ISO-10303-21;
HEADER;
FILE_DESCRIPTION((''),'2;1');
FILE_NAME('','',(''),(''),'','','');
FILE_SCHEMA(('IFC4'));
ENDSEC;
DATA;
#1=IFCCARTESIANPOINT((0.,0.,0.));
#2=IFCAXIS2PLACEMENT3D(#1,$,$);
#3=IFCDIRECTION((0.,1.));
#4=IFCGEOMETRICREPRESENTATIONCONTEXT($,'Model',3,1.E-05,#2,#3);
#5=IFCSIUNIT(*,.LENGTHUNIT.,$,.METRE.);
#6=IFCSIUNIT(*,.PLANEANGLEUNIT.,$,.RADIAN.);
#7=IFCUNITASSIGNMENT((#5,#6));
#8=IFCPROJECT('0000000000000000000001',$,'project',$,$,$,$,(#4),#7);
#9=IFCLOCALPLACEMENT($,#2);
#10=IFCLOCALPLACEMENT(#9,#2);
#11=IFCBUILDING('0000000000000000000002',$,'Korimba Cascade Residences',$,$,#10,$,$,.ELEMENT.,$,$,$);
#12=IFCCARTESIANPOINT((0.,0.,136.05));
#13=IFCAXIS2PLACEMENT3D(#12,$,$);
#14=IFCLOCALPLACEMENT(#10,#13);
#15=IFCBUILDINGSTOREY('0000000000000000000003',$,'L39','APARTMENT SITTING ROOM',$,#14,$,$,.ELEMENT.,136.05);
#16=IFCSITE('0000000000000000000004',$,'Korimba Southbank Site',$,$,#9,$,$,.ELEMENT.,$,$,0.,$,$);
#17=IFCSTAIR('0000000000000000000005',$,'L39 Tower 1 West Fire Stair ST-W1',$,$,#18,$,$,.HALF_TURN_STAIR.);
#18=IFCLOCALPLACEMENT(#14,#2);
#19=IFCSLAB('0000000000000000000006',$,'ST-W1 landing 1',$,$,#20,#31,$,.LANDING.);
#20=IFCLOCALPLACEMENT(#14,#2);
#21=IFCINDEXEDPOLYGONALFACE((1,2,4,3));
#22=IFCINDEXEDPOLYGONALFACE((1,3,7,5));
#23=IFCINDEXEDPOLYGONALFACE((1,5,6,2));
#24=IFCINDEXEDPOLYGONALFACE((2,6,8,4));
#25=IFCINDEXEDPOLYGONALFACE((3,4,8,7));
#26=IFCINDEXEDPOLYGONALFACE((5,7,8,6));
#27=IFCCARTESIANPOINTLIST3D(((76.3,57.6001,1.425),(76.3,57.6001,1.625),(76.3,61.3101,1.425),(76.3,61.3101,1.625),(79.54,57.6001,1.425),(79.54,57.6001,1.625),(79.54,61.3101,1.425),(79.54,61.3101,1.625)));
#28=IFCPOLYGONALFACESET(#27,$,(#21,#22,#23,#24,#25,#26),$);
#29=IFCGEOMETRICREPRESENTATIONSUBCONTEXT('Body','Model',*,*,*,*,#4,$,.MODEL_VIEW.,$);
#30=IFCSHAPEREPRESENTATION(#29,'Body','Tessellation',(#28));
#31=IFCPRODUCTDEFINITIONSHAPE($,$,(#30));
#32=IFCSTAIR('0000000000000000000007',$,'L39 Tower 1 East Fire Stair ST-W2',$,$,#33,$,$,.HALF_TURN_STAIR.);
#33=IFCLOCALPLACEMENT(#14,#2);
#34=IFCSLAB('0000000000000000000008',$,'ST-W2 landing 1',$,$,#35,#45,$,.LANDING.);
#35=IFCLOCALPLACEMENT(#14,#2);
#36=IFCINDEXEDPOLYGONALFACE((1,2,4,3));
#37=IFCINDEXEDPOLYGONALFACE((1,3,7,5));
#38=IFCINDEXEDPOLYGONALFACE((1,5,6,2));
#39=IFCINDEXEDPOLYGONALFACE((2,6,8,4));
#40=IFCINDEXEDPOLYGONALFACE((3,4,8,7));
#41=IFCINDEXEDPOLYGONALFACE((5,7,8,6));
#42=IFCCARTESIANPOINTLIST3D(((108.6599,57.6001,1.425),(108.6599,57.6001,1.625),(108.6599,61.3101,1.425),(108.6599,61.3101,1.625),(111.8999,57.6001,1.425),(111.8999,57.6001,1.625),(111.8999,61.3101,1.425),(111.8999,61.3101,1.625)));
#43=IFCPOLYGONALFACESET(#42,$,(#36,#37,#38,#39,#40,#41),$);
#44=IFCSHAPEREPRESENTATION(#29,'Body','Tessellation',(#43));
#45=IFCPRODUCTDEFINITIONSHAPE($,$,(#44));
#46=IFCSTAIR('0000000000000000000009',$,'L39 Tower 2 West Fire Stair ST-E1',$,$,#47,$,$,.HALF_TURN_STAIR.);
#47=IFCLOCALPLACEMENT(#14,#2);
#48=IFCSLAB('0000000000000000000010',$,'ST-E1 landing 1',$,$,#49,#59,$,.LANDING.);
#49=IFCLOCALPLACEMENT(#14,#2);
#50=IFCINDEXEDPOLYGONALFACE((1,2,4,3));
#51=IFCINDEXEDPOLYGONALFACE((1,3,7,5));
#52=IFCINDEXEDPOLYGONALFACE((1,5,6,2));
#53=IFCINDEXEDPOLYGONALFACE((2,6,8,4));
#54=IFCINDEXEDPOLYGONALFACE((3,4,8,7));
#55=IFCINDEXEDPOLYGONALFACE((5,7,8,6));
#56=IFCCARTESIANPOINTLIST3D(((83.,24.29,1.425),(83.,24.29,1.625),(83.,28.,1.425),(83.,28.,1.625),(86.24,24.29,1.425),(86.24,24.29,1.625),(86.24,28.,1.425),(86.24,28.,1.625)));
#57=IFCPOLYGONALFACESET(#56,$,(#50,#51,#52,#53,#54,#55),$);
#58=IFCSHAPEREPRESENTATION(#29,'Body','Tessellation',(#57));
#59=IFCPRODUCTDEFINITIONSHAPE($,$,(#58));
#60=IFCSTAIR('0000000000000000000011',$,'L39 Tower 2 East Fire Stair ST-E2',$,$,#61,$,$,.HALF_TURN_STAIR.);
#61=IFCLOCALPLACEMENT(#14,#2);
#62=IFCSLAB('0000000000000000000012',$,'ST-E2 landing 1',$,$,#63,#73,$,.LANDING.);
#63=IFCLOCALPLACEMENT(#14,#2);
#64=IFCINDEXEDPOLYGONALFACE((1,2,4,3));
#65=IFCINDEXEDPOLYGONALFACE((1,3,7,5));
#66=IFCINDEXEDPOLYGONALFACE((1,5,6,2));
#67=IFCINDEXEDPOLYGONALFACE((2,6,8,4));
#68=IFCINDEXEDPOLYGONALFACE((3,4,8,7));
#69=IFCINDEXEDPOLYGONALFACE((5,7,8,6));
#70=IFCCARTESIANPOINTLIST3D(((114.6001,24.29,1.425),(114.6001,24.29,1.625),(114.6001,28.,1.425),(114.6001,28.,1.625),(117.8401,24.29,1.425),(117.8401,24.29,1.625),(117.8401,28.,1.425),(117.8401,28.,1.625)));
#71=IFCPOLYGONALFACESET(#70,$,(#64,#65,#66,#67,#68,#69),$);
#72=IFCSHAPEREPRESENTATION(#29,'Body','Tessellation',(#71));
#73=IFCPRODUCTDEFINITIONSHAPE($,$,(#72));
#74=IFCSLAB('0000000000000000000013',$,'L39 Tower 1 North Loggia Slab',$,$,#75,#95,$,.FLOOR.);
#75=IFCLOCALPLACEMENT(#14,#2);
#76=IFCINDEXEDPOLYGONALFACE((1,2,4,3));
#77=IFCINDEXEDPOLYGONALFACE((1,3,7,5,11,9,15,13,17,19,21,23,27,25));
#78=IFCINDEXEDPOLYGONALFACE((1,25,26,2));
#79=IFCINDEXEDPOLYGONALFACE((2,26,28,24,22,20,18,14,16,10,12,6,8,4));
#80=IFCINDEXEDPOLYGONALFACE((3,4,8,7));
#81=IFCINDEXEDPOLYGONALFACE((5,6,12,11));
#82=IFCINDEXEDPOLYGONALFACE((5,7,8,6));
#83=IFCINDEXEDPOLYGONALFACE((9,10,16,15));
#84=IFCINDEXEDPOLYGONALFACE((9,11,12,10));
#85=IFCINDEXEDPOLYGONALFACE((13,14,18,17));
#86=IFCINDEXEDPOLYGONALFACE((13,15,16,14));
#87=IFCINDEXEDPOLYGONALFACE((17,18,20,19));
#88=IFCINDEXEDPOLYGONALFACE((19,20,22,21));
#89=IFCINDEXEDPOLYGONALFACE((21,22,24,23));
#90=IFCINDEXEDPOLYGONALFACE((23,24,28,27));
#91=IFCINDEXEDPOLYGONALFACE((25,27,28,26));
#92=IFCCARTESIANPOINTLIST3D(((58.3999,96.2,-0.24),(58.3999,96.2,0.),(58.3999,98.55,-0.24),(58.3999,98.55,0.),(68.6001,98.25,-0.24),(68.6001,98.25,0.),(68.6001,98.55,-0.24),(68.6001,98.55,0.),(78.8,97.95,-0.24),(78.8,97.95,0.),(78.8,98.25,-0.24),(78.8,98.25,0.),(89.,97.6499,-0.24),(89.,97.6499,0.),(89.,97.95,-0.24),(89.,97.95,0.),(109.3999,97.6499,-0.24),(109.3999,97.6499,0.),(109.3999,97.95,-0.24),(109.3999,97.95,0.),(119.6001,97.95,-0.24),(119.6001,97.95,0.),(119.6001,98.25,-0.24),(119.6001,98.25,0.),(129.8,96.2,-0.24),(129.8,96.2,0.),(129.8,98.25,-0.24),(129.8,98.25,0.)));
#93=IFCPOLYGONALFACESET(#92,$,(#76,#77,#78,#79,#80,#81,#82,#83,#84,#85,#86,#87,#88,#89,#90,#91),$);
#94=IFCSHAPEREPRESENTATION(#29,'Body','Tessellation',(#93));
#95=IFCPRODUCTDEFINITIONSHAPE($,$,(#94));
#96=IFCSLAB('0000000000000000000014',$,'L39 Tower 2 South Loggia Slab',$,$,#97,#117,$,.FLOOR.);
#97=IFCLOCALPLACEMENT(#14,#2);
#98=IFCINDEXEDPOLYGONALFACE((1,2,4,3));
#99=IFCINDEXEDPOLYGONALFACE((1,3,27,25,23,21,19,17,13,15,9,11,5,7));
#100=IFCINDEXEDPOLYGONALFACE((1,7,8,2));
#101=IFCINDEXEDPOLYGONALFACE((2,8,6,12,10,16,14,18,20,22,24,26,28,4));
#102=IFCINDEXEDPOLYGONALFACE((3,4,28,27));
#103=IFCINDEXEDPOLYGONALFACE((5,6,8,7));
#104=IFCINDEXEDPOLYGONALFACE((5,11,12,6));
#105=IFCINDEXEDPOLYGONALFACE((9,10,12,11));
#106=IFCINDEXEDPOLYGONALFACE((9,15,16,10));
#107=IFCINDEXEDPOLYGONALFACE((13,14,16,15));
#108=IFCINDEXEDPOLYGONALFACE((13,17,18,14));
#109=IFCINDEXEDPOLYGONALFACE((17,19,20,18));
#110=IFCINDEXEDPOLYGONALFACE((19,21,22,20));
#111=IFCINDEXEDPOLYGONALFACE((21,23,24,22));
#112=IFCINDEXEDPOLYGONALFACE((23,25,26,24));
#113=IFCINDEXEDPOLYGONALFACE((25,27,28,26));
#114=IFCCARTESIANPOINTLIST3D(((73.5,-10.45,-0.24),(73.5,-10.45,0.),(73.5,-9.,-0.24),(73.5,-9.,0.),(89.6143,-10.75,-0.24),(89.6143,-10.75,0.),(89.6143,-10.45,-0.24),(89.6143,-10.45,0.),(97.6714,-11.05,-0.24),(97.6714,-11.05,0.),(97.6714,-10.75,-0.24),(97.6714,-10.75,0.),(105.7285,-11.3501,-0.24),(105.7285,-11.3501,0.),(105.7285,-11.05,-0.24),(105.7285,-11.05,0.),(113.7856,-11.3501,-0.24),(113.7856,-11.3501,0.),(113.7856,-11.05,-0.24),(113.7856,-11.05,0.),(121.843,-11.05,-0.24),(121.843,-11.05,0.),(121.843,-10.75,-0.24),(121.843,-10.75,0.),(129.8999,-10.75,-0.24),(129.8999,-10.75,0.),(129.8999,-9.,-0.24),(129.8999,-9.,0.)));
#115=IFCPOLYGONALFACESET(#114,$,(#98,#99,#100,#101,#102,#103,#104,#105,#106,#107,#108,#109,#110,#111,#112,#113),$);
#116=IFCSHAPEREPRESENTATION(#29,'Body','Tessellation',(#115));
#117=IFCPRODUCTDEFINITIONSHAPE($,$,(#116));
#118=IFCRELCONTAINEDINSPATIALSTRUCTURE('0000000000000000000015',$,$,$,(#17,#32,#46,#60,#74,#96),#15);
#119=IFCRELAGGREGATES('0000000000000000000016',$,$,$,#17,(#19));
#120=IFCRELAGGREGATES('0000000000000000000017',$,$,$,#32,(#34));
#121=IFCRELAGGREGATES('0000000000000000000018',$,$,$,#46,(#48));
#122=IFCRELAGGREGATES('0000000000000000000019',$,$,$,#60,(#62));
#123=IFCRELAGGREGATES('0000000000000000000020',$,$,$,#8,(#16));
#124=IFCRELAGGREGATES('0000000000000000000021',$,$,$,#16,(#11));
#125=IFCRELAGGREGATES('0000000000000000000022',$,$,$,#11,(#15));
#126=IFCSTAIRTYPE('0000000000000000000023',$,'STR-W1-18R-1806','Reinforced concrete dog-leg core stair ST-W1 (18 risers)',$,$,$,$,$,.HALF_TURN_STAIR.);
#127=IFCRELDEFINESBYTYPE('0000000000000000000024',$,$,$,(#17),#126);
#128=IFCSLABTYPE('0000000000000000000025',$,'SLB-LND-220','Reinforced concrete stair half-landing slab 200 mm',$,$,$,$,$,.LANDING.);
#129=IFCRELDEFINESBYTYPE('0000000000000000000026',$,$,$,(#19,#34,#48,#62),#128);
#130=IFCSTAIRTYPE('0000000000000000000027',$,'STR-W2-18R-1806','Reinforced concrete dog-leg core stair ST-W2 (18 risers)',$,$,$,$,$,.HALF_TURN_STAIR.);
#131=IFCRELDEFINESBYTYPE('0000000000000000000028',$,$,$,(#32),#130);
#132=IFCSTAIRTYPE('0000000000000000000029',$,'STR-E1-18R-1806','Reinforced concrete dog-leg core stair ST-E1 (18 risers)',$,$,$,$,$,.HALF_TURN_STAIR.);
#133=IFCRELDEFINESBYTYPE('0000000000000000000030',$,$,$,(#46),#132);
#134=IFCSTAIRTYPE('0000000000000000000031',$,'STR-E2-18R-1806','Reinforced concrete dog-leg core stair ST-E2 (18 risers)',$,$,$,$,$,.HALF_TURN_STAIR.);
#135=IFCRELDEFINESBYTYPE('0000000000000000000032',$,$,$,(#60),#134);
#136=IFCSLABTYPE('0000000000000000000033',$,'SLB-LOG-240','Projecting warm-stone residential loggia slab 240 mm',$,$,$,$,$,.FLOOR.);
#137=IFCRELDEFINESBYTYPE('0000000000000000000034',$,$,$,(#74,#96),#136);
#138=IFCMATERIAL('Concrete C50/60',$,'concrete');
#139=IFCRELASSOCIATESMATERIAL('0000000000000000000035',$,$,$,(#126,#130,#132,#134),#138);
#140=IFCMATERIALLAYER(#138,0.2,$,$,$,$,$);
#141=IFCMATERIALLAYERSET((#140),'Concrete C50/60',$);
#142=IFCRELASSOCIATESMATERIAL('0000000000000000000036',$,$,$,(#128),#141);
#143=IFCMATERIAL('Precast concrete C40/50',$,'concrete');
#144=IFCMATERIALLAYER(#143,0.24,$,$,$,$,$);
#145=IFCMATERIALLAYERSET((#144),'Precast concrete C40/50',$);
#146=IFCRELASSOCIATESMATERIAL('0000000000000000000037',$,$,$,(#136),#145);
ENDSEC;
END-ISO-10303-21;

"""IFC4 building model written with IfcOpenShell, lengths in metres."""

from ifc_helpers import new_model, si_unit, direction, frame, origin, place, context, subcontext, project, spatial, polyline, outline, extrude, material, layer, layer_set, type_object, element, aggregate, save


model = new_model("IFC4")

# Units and contexts
model_context = context("Model", 3, precision=1e-05, world=origin(), true_north=direction((0.0, 1.0)))
body_context = subcontext(model_context, "Body", "Model", "MODEL_VIEW")
ifc_project = project(units=[si_unit("LENGTHUNIT", "METRE"), si_unit("PLANEANGLEUNIT", "RADIAN")], contexts=[model_context])

# Site, building, storey
site_placement = place(None, origin())
site = spatial("IfcSite", under=ifc_project, at=site_placement, Name="Korimba Southbank Site", CompositionType="ELEMENT", RefElevation=0.0)
building_placement = place(site_placement, origin())
building = spatial("IfcBuilding", under=site, at=building_placement, Name="Korimba Cascade Residences", CompositionType="ELEMENT")
storey_placement = place(building_placement, frame((0.0, 0.0, 136.05)))
storey = spatial("IfcBuildingStorey", under=building, at=storey_placement, Name="L39", Description="APARTMENT SITTING ROOM", CompositionType="ELEMENT", Elevation=136.05)

# Stairs, slabs
ifc_material_1 = material(Name="Concrete C50/60", Category="concrete")
stair_type_1 = type_object("IfcStairType", Name="STR-W1-18R-1806", Description="Reinforced concrete dog-leg core stair ST-W1 (18 risers)", PredefinedType="HALF_TURN_STAIR", material=ifc_material_1)
stair_1_placement = place(storey_placement, origin())
stair_1 = element("IfcStair", 1, at=stair_1_placement, inside=storey, type_object=stair_type_1, Name="L39 Tower 1 West Fire Stair ST-W1", PredefinedType="HALF_TURN_STAIR")
ifc_layer_1 = layer(ifc_material_1, 0.2)
ifc_layer_set_1 = layer_set([ifc_layer_1], Name="Concrete C50/60")
slab_type_1 = type_object("IfcSlabType", Name="SLB-LND-220", Description="Reinforced concrete stair half-landing slab 200 mm", PredefinedType="LANDING", material=ifc_layer_set_1)
slab_1_placement = place(storey_placement, frame((0.0, 0.0, 1.425)))
slab_1 = element("IfcSlab", 2, at=slab_1_placement, type_object=slab_type_1, Name="ST-W1 landing 1", PredefinedType="LANDING", context=body_context, shape_type="SweptSolid", body=[
    extrude(outline(polyline([(76.3, 61.3101), (76.3, 57.6001), (79.54, 57.6001), (79.54, 61.3101), (76.3, 61.3101)])), origin(), (0.0, 0.0, 1.0), 0.2),
])
aggregate(stair_1, [slab_1])
stair_type_2 = type_object("IfcStairType", Name="STR-W2-18R-1806", Description="Reinforced concrete dog-leg core stair ST-W2 (18 risers)", PredefinedType="HALF_TURN_STAIR", material=ifc_material_1)
stair_2_placement = place(storey_placement, origin())
stair_2 = element("IfcStair", 3, at=stair_2_placement, inside=storey, type_object=stair_type_2, Name="L39 Tower 1 East Fire Stair ST-W2", PredefinedType="HALF_TURN_STAIR")
slab_2_placement = place(storey_placement, frame((0.0, 0.0, 1.425)))
slab_2 = element("IfcSlab", 4, at=slab_2_placement, type_object=slab_type_1, Name="ST-W2 landing 1", PredefinedType="LANDING", context=body_context, shape_type="SweptSolid", body=[
    extrude(outline(polyline([(108.6599, 61.3101), (108.6599, 57.6001), (111.8999, 57.6001), (111.8999, 61.3101), (108.6599, 61.3101)])), origin(), (0.0, 0.0, 1.0), 0.2),
])
aggregate(stair_2, [slab_2])
stair_type_3 = type_object("IfcStairType", Name="STR-E1-18R-1806", Description="Reinforced concrete dog-leg core stair ST-E1 (18 risers)", PredefinedType="HALF_TURN_STAIR", material=ifc_material_1)
stair_3_placement = place(storey_placement, origin())
stair_3 = element("IfcStair", 5, at=stair_3_placement, inside=storey, type_object=stair_type_3, Name="L39 Tower 2 West Fire Stair ST-E1", PredefinedType="HALF_TURN_STAIR")
slab_3_placement = place(storey_placement, frame((0.0, 0.0, 1.425)))
slab_3 = element("IfcSlab", 6, at=slab_3_placement, type_object=slab_type_1, Name="ST-E1 landing 1", PredefinedType="LANDING", context=body_context, shape_type="SweptSolid", body=[
    extrude(outline(polyline([(86.24, 24.29), (86.24, 28.0), (83.0, 28.0), (83.0, 24.29), (86.24, 24.29)])), origin(), (0.0, 0.0, 1.0), 0.2),
])
aggregate(stair_3, [slab_3])
stair_type_4 = type_object("IfcStairType", Name="STR-E2-18R-1806", Description="Reinforced concrete dog-leg core stair ST-E2 (18 risers)", PredefinedType="HALF_TURN_STAIR", material=ifc_material_1)
stair_4_placement = place(storey_placement, origin())
stair_4 = element("IfcStair", 7, at=stair_4_placement, inside=storey, type_object=stair_type_4, Name="L39 Tower 2 East Fire Stair ST-E2", PredefinedType="HALF_TURN_STAIR")
slab_4_placement = place(storey_placement, frame((0.0, 0.0, 1.425)))
slab_4 = element("IfcSlab", 8, at=slab_4_placement, type_object=slab_type_1, Name="ST-E2 landing 1", PredefinedType="LANDING", context=body_context, shape_type="SweptSolid", body=[
    extrude(outline(polyline([(117.8401, 24.29), (117.8401, 28.0), (114.6001, 28.0), (114.6001, 24.29), (117.8401, 24.29)])), origin(), (0.0, 0.0, 1.0), 0.2),
])
aggregate(stair_4, [slab_4])

# Slabs
ifc_material_2 = material(Name="Precast concrete C40/50", Category="concrete")
ifc_layer_2 = layer(ifc_material_2, 0.24)
ifc_layer_set_2 = layer_set([ifc_layer_2], Name="Precast concrete C40/50")
slab_type_2 = type_object("IfcSlabType", Name="SLB-LOG-240", Description="Projecting warm-stone residential loggia slab 240 mm", PredefinedType="FLOOR", material=ifc_layer_set_2)
slab_5_placement = place(storey_placement, frame((0.0, 0.0, -0.24)))
element("IfcSlab", 9, at=slab_5_placement, inside=storey, type_object=slab_type_2, Name="L39 Tower 1 North Loggia Slab", PredefinedType="FLOOR", context=body_context, shape_type="SweptSolid", body=[
    extrude(outline(polyline([(58.3999, 96.2), (129.8, 96.2), (129.8, 98.25), (119.6001, 98.25), (119.6001, 97.95), (109.3999, 97.95), (109.3999, 97.6499), (89.0, 97.6499), (89.0, 97.95), (78.8, 97.95), (78.8, 98.25), (68.6001, 98.25), (68.6001, 98.55), (58.3999, 98.55), (58.3999, 96.2)])), origin(), (0.0, 0.0, 1.0), 0.24),
])
slab_6_placement = place(storey_placement, frame((0.0, 0.0, -0.24)))
element("IfcSlab", 10, at=slab_6_placement, inside=storey, type_object=slab_type_2, Name="L39 Tower 2 South Loggia Slab", PredefinedType="FLOOR", context=body_context, shape_type="SweptSolid", body=[
    extrude(outline(polyline([(73.5, -10.45), (89.6143, -10.45), (89.6143, -10.75), (97.6714, -10.75), (97.6714, -11.05), (105.7285, -11.05), (105.7285, -11.3501), (113.7856, -11.3501), (113.7856, -11.05), (121.843, -11.05), (121.843, -10.75), (129.8999, -10.75), (129.8999, -9.0), (73.5, -9.0), (73.5, -10.45)])), origin(), (0.0, 0.0, 1.0), 0.24),
])

save(model, "model.ifc")
